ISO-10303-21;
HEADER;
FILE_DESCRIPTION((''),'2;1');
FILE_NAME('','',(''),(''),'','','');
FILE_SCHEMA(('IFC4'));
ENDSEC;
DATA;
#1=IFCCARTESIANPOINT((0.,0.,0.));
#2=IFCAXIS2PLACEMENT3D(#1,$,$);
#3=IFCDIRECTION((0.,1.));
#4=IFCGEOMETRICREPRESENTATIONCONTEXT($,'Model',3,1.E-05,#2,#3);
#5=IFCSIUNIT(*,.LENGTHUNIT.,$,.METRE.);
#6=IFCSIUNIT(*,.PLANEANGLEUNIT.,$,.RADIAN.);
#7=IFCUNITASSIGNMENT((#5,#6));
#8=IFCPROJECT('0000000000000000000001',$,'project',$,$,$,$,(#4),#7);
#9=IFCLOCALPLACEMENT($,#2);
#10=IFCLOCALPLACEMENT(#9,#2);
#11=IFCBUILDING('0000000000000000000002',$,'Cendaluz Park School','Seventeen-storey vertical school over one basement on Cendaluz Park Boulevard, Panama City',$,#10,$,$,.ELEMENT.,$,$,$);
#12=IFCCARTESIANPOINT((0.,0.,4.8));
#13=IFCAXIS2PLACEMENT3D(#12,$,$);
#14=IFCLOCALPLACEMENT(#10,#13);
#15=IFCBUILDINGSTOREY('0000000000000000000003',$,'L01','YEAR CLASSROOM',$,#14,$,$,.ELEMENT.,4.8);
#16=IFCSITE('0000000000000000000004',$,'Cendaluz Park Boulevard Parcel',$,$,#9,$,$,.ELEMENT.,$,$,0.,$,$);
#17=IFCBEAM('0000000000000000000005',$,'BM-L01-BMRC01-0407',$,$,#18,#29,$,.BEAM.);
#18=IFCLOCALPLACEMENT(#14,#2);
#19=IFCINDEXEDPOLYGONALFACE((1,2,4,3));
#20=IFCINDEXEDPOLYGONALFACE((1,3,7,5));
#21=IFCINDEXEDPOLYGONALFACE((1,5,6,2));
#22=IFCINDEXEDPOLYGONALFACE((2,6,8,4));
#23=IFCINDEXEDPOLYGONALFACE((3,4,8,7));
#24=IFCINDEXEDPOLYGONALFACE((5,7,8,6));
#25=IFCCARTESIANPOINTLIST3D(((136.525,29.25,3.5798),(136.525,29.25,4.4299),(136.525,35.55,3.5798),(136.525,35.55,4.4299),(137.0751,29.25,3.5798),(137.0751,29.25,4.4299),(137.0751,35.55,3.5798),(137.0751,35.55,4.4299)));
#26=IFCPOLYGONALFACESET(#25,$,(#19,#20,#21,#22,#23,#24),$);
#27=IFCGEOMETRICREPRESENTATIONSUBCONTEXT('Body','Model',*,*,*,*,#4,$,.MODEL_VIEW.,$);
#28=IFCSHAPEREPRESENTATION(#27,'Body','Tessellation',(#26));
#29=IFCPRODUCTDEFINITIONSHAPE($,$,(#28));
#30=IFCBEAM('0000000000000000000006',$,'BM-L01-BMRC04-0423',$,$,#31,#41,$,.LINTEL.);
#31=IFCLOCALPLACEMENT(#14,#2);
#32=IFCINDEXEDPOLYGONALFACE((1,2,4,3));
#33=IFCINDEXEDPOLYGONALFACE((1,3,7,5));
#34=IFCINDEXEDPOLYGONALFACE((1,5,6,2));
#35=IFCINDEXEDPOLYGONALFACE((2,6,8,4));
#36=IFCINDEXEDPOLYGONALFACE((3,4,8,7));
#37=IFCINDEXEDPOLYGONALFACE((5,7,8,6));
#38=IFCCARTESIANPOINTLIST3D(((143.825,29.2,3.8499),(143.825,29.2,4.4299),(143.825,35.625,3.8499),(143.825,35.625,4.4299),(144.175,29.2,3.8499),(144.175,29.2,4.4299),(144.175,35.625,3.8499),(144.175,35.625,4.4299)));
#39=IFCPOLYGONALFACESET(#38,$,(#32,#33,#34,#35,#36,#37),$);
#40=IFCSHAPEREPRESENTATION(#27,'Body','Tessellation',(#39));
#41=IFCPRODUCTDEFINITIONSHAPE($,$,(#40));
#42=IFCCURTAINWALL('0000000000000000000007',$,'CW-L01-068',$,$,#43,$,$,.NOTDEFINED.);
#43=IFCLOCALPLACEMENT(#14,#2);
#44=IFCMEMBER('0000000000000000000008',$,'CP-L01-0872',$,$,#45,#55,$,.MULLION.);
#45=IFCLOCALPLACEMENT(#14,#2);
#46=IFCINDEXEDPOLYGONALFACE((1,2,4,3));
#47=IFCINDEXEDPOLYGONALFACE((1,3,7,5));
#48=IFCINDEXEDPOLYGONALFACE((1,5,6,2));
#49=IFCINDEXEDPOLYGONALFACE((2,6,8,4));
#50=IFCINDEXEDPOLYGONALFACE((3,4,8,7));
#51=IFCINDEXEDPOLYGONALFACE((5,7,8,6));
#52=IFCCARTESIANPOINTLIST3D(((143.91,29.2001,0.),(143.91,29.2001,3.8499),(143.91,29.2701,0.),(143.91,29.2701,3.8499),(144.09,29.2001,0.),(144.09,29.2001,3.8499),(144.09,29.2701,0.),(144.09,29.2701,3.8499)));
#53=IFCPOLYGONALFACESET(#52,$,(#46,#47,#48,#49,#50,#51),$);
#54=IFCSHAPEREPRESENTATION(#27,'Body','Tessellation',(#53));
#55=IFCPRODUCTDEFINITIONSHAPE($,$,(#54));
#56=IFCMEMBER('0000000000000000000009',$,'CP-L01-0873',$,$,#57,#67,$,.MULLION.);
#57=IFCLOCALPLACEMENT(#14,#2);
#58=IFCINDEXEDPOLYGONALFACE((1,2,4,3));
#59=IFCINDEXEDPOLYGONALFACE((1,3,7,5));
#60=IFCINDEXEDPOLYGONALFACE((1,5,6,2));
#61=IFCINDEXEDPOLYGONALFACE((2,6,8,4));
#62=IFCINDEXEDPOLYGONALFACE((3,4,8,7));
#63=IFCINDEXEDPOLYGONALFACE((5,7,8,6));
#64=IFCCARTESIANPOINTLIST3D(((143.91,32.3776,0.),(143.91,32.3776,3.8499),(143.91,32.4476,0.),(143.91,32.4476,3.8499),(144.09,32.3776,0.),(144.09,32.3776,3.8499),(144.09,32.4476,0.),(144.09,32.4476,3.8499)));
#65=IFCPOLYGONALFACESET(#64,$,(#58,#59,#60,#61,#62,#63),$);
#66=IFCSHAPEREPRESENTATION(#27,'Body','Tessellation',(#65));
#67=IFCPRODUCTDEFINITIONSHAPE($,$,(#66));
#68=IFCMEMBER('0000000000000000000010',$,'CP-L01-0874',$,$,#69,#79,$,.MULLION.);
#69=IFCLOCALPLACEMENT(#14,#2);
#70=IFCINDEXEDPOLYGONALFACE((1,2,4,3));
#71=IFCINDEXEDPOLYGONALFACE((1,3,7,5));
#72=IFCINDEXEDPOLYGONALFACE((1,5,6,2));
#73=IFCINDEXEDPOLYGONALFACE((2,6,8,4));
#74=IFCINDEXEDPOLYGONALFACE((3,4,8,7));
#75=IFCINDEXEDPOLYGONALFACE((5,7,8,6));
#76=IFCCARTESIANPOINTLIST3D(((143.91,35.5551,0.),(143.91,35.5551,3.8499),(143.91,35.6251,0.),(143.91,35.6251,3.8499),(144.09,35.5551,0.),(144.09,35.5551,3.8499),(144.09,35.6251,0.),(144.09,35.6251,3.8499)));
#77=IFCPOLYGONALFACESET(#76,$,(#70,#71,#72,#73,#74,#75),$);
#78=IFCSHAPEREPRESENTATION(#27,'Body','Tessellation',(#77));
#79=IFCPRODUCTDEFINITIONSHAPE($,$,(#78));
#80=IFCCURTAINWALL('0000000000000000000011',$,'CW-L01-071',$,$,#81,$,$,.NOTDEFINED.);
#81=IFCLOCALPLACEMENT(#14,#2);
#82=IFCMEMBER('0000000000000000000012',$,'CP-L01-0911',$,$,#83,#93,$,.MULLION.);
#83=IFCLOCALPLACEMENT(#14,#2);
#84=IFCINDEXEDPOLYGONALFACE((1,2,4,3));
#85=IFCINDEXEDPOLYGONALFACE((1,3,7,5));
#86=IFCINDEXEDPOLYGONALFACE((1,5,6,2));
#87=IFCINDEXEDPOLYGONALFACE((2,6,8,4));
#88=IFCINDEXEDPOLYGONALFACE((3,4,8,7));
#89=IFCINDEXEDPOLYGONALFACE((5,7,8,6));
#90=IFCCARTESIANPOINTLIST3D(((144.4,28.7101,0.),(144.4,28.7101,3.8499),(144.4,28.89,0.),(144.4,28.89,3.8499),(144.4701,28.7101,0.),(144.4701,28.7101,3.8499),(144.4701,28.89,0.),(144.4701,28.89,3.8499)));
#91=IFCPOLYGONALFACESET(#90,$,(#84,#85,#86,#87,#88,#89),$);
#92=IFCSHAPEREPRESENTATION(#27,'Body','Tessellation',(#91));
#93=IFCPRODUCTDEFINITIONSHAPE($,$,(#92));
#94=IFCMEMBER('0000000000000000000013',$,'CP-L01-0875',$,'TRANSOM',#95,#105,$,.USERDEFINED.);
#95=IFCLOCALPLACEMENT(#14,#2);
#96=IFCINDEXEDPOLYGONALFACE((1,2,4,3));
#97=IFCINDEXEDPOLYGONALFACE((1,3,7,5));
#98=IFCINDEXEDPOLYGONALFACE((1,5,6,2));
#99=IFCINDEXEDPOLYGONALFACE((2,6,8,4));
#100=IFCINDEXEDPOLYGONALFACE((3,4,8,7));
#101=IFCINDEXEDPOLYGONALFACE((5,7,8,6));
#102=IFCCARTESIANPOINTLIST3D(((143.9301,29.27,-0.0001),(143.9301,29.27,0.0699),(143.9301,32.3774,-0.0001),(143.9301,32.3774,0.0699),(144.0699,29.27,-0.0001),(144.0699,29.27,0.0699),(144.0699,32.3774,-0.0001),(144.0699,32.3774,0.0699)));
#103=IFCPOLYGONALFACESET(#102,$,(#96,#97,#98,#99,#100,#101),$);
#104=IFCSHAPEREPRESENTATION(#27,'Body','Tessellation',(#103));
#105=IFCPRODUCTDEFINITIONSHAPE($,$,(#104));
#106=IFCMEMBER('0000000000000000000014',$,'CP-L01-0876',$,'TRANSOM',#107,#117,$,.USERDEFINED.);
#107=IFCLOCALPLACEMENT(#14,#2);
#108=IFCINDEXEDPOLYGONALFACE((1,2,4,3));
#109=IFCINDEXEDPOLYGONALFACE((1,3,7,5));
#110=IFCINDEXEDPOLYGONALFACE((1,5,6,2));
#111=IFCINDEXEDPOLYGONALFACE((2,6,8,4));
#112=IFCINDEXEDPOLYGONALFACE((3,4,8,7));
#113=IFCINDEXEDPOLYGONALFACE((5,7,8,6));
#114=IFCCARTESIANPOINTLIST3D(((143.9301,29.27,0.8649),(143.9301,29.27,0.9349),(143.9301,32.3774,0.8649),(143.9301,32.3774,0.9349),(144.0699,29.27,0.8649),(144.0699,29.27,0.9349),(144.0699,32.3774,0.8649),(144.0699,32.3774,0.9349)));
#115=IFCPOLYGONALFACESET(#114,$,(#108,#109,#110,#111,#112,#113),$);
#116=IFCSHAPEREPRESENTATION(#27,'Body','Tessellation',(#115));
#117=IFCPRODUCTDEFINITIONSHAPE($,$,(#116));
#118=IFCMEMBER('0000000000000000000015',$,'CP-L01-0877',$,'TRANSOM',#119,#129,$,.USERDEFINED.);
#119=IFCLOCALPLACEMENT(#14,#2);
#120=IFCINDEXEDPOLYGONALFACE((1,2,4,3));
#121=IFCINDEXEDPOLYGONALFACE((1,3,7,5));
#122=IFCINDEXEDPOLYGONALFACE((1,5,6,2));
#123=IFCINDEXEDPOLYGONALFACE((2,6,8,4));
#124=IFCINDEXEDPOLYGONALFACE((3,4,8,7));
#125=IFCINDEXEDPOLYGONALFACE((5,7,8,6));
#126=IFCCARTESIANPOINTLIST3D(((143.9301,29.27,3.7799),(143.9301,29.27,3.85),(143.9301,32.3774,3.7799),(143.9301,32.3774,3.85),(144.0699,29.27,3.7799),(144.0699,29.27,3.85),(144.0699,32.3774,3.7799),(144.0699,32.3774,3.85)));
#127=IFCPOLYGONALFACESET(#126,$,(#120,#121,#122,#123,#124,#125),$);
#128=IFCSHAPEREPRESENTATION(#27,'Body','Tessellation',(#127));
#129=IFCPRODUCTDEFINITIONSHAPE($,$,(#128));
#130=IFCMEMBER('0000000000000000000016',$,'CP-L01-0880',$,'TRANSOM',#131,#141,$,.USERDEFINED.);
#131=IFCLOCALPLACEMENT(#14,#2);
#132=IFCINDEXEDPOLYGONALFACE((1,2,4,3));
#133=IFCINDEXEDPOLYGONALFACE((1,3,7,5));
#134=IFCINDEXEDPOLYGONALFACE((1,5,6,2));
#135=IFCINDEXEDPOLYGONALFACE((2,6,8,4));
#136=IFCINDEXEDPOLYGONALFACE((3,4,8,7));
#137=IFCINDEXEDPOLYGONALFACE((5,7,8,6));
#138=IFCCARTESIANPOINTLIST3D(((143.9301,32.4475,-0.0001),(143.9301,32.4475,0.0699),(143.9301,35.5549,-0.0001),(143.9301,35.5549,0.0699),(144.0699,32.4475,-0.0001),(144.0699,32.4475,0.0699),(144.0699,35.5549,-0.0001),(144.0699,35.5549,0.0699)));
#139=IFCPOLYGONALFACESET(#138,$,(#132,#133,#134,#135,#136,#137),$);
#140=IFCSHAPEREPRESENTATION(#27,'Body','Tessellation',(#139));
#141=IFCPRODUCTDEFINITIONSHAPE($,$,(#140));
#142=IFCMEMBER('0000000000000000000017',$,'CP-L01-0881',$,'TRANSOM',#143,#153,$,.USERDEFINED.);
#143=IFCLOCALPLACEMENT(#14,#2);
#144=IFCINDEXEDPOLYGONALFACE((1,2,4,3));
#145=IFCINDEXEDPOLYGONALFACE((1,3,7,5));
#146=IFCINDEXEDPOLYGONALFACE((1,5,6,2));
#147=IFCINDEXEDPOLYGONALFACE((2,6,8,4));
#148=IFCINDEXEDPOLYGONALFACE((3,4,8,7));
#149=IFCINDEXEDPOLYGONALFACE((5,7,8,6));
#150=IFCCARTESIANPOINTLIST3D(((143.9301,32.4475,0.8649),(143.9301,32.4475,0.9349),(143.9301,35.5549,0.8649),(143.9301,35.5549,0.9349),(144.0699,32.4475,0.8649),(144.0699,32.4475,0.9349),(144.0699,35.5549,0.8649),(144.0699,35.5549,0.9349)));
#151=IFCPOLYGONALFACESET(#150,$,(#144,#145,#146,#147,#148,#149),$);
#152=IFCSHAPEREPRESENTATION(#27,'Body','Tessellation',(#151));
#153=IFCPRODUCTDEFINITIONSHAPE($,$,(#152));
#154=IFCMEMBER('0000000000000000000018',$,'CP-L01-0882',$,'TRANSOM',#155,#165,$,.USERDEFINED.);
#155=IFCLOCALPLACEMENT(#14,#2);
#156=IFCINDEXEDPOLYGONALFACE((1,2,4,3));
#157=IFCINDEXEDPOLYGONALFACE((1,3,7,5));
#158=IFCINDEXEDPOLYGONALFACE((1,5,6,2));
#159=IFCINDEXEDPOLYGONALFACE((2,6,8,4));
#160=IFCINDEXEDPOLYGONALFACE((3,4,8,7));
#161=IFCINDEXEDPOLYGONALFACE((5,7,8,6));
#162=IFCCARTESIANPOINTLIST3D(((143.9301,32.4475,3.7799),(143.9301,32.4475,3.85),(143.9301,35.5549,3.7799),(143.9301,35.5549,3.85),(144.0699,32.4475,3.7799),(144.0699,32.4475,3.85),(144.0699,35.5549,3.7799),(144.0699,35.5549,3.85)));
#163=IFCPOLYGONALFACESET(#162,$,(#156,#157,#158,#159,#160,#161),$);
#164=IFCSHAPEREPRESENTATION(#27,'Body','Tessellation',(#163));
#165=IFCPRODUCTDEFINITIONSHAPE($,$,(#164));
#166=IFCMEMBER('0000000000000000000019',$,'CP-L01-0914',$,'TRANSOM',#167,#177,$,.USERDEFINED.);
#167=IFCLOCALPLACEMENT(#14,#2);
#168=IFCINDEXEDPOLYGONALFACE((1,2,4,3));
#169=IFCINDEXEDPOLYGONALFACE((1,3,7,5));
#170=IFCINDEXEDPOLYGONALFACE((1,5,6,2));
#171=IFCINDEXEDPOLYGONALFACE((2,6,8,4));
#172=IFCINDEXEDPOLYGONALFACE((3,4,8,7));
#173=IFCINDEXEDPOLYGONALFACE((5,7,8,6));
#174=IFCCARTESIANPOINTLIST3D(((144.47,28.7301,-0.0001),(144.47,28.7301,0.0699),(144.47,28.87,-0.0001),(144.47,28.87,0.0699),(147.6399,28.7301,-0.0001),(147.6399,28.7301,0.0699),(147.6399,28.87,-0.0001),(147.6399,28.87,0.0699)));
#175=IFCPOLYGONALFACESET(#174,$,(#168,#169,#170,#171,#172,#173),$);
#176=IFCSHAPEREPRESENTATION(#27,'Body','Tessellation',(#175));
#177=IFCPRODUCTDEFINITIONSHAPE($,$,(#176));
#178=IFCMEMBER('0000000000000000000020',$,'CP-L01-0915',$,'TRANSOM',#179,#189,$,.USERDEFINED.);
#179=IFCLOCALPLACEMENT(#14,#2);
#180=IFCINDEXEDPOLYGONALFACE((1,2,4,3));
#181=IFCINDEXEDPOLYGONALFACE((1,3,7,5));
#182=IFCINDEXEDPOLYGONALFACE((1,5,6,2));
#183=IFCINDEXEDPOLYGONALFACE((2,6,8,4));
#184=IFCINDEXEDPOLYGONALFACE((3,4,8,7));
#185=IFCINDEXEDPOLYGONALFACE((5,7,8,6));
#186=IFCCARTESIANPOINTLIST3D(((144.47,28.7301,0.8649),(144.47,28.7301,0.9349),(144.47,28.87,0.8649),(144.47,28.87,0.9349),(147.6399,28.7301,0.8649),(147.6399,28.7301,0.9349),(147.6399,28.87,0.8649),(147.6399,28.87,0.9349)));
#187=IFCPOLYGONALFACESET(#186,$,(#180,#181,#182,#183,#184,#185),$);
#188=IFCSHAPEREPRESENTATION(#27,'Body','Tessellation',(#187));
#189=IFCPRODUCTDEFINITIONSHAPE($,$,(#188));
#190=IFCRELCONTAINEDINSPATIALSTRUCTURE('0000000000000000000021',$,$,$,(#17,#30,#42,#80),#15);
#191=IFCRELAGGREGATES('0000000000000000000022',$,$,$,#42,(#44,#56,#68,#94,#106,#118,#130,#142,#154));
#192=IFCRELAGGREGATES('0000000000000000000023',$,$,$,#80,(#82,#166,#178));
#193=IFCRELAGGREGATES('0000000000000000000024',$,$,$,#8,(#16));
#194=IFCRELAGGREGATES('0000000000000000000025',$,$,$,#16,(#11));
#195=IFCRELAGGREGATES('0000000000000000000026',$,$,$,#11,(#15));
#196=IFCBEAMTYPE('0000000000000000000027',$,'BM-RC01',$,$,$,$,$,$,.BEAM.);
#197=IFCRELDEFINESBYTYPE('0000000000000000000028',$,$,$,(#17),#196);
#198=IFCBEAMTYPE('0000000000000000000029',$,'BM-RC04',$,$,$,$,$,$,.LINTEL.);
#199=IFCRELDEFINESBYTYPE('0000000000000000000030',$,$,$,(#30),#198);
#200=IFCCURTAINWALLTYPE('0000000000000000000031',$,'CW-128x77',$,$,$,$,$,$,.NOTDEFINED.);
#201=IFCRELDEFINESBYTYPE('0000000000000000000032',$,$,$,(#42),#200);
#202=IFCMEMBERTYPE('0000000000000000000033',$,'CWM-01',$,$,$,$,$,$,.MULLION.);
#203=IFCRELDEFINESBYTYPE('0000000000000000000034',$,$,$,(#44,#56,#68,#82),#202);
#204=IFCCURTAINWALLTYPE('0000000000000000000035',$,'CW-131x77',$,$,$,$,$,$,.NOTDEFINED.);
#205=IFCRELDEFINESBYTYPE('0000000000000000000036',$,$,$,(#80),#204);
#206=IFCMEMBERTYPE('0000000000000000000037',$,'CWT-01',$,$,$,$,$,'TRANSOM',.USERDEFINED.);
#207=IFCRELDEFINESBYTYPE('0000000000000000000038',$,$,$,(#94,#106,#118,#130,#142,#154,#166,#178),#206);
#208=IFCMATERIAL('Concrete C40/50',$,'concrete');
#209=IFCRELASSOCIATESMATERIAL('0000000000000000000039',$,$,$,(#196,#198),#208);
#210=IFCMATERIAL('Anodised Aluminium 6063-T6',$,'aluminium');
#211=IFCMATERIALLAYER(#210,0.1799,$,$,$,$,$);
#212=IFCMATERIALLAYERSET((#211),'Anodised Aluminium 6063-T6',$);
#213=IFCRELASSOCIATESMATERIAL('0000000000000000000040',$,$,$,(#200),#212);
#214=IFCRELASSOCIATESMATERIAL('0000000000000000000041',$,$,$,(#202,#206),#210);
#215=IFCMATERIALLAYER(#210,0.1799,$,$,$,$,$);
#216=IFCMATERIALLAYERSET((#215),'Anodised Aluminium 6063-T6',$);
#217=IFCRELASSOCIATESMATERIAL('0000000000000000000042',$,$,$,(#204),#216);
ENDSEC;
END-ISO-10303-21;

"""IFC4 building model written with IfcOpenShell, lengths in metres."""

from ifc_helpers import new_model, si_unit, direction, frame, origin, origin_2d, place, context, subcontext, project, spatial, rectangle, extrude, material, layer, layer_set, material_profile, profile_set, type_object, element, aggregate, save


model = new_model("IFC4")

# Units and contexts
model_context = context("Model", 3, precision=1e-05, world=origin(), true_north=direction((0.0, 1.0)))
body_context = subcontext(model_context, "Body", "Model", "MODEL_VIEW")
ifc_project = project(units=[si_unit("LENGTHUNIT", "METRE"), si_unit("PLANEANGLEUNIT", "RADIAN")], contexts=[model_context])

# Site, building, storey
site_placement = place(None, origin())
site = spatial("IfcSite", under=ifc_project, at=site_placement, Name="Cendaluz Park Boulevard Parcel", CompositionType="ELEMENT", RefElevation=0.0)
building_placement = place(site_placement, origin())
building = spatial("IfcBuilding", under=site, at=building_placement, Name="Cendaluz Park School", Description="Seventeen-storey vertical school over one basement on Cendaluz Park Boulevard, Panama City", CompositionType="ELEMENT")
storey_placement = place(building_placement, frame((0.0, 0.0, 4.8)))
storey = spatial("IfcBuildingStorey", under=building, at=storey_placement, Name="L01", Description="YEAR CLASSROOM", CompositionType="ELEMENT", Elevation=4.8)

# Beams
ifc_material_1 = material(Name="Concrete C40/50", Category="concrete")
ifc_material_profile_1 = material_profile(ifc_material_1, rectangle(XDim=0.55, YDim=0.8501, at=origin_2d()), Name="RC 550x850", Category="concrete")
ifc_profile_set_1 = profile_set([ifc_material_profile_1], Name="Concrete C40/50")
beam_type_1 = type_object("IfcBeamType", Name="BM-RC01", PredefinedType="BEAM", material=ifc_profile_set_1)
beam_1_placement = place(storey_placement, frame((136.8, 29.25, 4.0049), z_axis=(0.0, 1.0, 0.0), x_axis=(-1.0, 0.0, 0.0)))
element("IfcBeam", 1, at=beam_1_placement, inside=storey, type_object=beam_type_1, Name="BM-L01-BMRC01-0407", PredefinedType="BEAM", context=body_context, shape_type="SweptSolid", body=[
    extrude(rectangle(XDim=0.55, YDim=0.8501, at=origin_2d()), origin(), (0.0, 0.0, 1.0), 6.3),
])
ifc_material_profile_2 = material_profile(ifc_material_1, rectangle(XDim=0.3501, YDim=0.5801, at=origin_2d()), Name="RC 350x580", Category="concrete")
ifc_profile_set_2 = profile_set([ifc_material_profile_2], Name="Concrete C40/50")
beam_type_2 = type_object("IfcBeamType", Name="BM-RC04", PredefinedType="LINTEL", material=ifc_profile_set_2)
beam_2_placement = place(storey_placement, frame((144.0, 29.2, 4.1399), z_axis=(0.0, 1.0, 0.0), x_axis=(-1.0, 0.0, 0.0)))
element("IfcBeam", 2, at=beam_2_placement, inside=storey, type_object=beam_type_2, Name="BM-L01-BMRC04-0423", PredefinedType="LINTEL", context=body_context, shape_type="SweptSolid", body=[
    extrude(rectangle(XDim=0.3501, YDim=0.5801, at=origin_2d()), origin(), (0.0, 0.0, 1.0), 6.425),
])

# Curtain wall, members
ifc_material_2 = material(Name="Anodised Aluminium 6063-T6", Category="aluminium")
ifc_layer_1 = layer(ifc_material_2, 0.1799)
ifc_layer_set_1 = layer_set([ifc_layer_1], Name="Anodised Aluminium 6063-T6")
curtain_wall_type_1 = type_object("IfcCurtainWallType", Name="CW-128x77", PredefinedType="NOTDEFINED", material=ifc_layer_set_1)
curtain_wall_1_placement = place(storey_placement, origin())
curtain_wall_1 = element("IfcCurtainWall", 3, at=curtain_wall_1_placement, inside=storey, type_object=curtain_wall_type_1, Name="CW-L01-068", PredefinedType="NOTDEFINED")
ifc_material_profile_3 = material_profile(ifc_material_2, rectangle(XDim=0.1799, YDim=0.0701, at=origin_2d()), Name="CWM 180x70", Category="aluminium")
ifc_profile_set_3 = profile_set([ifc_material_profile_3], Name="Anodised Aluminium 6063-T6")
member_type_1 = type_object("IfcMemberType", Name="CWM-01", PredefinedType="MULLION", material=ifc_profile_set_3)
member_1_placement = place(storey_placement, frame((144.0, 29.2351, 0.0), z_axis=(0.0, 0.0, 1.0), x_axis=(-1.0, 0.0, 0.0)))
member_1 = element("IfcMember", 4, at=member_1_placement, type_object=member_type_1, Name="CP-L01-0872", PredefinedType="MULLION", context=body_context, shape_type="SweptSolid", body=[
    extrude(rectangle(XDim=0.1799, YDim=0.0701, at=origin_2d()), origin(), (0.0, 0.0, 1.0), 3.8499),
])
member_2_placement = place(storey_placement, frame((144.0, 32.4126, 0.0), z_axis=(0.0, 0.0, 1.0), x_axis=(-1.0, 0.0, 0.0)))
member_2 = element("IfcMember", 5, at=member_2_placement, type_object=member_type_1, Name="CP-L01-0873", PredefinedType="MULLION", context=body_context, shape_type="SweptSolid", body=[
    extrude(rectangle(XDim=0.1799, YDim=0.0701, at=origin_2d()), origin(), (0.0, 0.0, 1.0), 3.8499),
])
member_3_placement = place(storey_placement, frame((144.0, 35.5901, 0.0), z_axis=(0.0, 0.0, 1.0), x_axis=(-1.0, 0.0, 0.0)))
member_3 = element("IfcMember", 6, at=member_3_placement, type_object=member_type_1, Name="CP-L01-0874", PredefinedType="MULLION", context=body_context, shape_type="SweptSolid", body=[
    extrude(rectangle(XDim=0.1799, YDim=0.0701, at=origin_2d()), origin(), (0.0, 0.0, 1.0), 3.8499),
])

# Curtain wall, member
ifc_layer_2 = layer(ifc_material_2, 0.1799)
ifc_layer_set_2 = layer_set([ifc_layer_2], Name="Anodised Aluminium 6063-T6")
curtain_wall_type_2 = type_object("IfcCurtainWallType", Name="CW-131x77", PredefinedType="NOTDEFINED", material=ifc_layer_set_2)
curtain_wall_2_placement = place(storey_placement, origin())
curtain_wall_2 = element("IfcCurtainWall", 7, at=curtain_wall_2_placement, inside=storey, type_object=curtain_wall_type_2, Name="CW-L01-071", PredefinedType="NOTDEFINED")
member_4_placement = place(storey_placement, frame((144.4351, 28.8, 0.0), z_axis=(0.0, 0.0, 1.0), x_axis=(0.0, 1.0, 0.0)))
member_4 = element("IfcMember", 8, at=member_4_placement, type_object=member_type_1, Name="CP-L01-0911", PredefinedType="MULLION", context=body_context, shape_type="SweptSolid", body=[
    extrude(rectangle(XDim=0.1799, YDim=0.0701, at=origin_2d()), origin(), (0.0, 0.0, 1.0), 3.8499),
])

# Members
ifc_material_profile_4 = material_profile(ifc_material_2, rectangle(XDim=0.1399, YDim=0.0701, at=origin_2d()), Name="CWT 140x70", Category="aluminium")
ifc_profile_set_4 = profile_set([ifc_material_profile_4], Name="Anodised Aluminium 6063-T6")
member_type_2 = type_object("IfcMemberType", Name="CWT-01", ElementType="TRANSOM", PredefinedType="USERDEFINED", material=ifc_profile_set_4)
member_5_placement = place(storey_placement, frame((144.0, 29.27, 0.0349), z_axis=(0.0, 1.0, 0.0), x_axis=(-1.0, 0.0, 0.0)))
member_5 = element("IfcMember", 9, at=member_5_placement, type_object=member_type_2, Name="CP-L01-0875", ObjectType="TRANSOM", PredefinedType="USERDEFINED", context=body_context, shape_type="SweptSolid", body=[
    extrude(rectangle(XDim=0.1399, YDim=0.0701, at=origin_2d()), origin(), (0.0, 0.0, 1.0), 3.1074),
])
member_6_placement = place(storey_placement, frame((144.0, 29.27, 0.8999), z_axis=(0.0, 1.0, 0.0), x_axis=(-1.0, 0.0, 0.0)))
member_6 = element("IfcMember", 10, at=member_6_placement, type_object=member_type_2, Name="CP-L01-0876", ObjectType="TRANSOM", PredefinedType="USERDEFINED", context=body_context, shape_type="SweptSolid", body=[
    extrude(rectangle(XDim=0.1399, YDim=0.0701, at=origin_2d()), origin(), (0.0, 0.0, 1.0), 3.1074),
])
member_7_placement = place(storey_placement, frame((144.0, 29.27, 3.8149), z_axis=(0.0, 1.0, 0.0), x_axis=(-1.0, 0.0, 0.0)))
member_7 = element("IfcMember", 11, at=member_7_placement, type_object=member_type_2, Name="CP-L01-0877", ObjectType="TRANSOM", PredefinedType="USERDEFINED", context=body_context, shape_type="SweptSolid", body=[
    extrude(rectangle(XDim=0.1399, YDim=0.0701, at=origin_2d()), origin(), (0.0, 0.0, 1.0), 3.1074),
])
member_8_placement = place(storey_placement, frame((144.0, 32.4475, 0.0349), z_axis=(0.0, 1.0, 0.0), x_axis=(-1.0, 0.0, 0.0)))
member_8 = element("IfcMember", 12, at=member_8_placement, type_object=member_type_2, Name="CP-L01-0880", ObjectType="TRANSOM", PredefinedType="USERDEFINED", context=body_context, shape_type="SweptSolid", body=[
    extrude(rectangle(XDim=0.1399, YDim=0.0701, at=origin_2d()), origin(), (0.0, 0.0, 1.0), 3.1074),
])
member_9_placement = place(storey_placement, frame((144.0, 32.4475, 0.8999), z_axis=(0.0, 1.0, 0.0), x_axis=(-1.0, 0.0, 0.0)))
member_9 = element("IfcMember", 13, at=member_9_placement, type_object=member_type_2, Name="CP-L01-0881", ObjectType="TRANSOM", PredefinedType="USERDEFINED", context=body_context, shape_type="SweptSolid", body=[
    extrude(rectangle(XDim=0.1399, YDim=0.0701, at=origin_2d()), origin(), (0.0, 0.0, 1.0), 3.1074),
])
member_10_placement = place(storey_placement, frame((144.0, 32.4475, 3.8149), z_axis=(0.0, 1.0, 0.0), x_axis=(-1.0, 0.0, 0.0)))
member_10 = element("IfcMember", 14, at=member_10_placement, type_object=member_type_2, Name="CP-L01-0882", ObjectType="TRANSOM", PredefinedType="USERDEFINED", context=body_context, shape_type="SweptSolid", body=[
    extrude(rectangle(XDim=0.1399, YDim=0.0701, at=origin_2d()), origin(), (0.0, 0.0, 1.0), 3.1074),
])
member_11_placement = place(storey_placement, frame((144.47, 28.8, 0.0349), z_axis=(1.0, 0.0, 0.0), x_axis=(0.0, 1.0, 0.0)))
member_11 = element("IfcMember", 15, at=member_11_placement, type_object=member_type_2, Name="CP-L01-0914", ObjectType="TRANSOM", PredefinedType="USERDEFINED", context=body_context, shape_type="SweptSolid", body=[
    extrude(rectangle(XDim=0.1399, YDim=0.0701, at=origin_2d()), origin(), (0.0, 0.0, 1.0), 3.1699),
])
member_12_placement = place(storey_placement, frame((144.47, 28.8, 0.8999), z_axis=(1.0, 0.0, 0.0), x_axis=(0.0, 1.0, 0.0)))
member_12 = element("IfcMember", 16, at=member_12_placement, type_object=member_type_2, Name="CP-L01-0915", ObjectType="TRANSOM", PredefinedType="USERDEFINED", context=body_context, shape_type="SweptSolid", body=[
    extrude(rectangle(XDim=0.1399, YDim=0.0701, at=origin_2d()), origin(), (0.0, 0.0, 1.0), 3.1699),
])

aggregate(curtain_wall_1, [member_1, member_2, member_3, member_5, member_6, member_7, member_8, member_9, member_10])
aggregate(curtain_wall_2, [member_4, member_11, member_12])

save(model, "model.ifc")
